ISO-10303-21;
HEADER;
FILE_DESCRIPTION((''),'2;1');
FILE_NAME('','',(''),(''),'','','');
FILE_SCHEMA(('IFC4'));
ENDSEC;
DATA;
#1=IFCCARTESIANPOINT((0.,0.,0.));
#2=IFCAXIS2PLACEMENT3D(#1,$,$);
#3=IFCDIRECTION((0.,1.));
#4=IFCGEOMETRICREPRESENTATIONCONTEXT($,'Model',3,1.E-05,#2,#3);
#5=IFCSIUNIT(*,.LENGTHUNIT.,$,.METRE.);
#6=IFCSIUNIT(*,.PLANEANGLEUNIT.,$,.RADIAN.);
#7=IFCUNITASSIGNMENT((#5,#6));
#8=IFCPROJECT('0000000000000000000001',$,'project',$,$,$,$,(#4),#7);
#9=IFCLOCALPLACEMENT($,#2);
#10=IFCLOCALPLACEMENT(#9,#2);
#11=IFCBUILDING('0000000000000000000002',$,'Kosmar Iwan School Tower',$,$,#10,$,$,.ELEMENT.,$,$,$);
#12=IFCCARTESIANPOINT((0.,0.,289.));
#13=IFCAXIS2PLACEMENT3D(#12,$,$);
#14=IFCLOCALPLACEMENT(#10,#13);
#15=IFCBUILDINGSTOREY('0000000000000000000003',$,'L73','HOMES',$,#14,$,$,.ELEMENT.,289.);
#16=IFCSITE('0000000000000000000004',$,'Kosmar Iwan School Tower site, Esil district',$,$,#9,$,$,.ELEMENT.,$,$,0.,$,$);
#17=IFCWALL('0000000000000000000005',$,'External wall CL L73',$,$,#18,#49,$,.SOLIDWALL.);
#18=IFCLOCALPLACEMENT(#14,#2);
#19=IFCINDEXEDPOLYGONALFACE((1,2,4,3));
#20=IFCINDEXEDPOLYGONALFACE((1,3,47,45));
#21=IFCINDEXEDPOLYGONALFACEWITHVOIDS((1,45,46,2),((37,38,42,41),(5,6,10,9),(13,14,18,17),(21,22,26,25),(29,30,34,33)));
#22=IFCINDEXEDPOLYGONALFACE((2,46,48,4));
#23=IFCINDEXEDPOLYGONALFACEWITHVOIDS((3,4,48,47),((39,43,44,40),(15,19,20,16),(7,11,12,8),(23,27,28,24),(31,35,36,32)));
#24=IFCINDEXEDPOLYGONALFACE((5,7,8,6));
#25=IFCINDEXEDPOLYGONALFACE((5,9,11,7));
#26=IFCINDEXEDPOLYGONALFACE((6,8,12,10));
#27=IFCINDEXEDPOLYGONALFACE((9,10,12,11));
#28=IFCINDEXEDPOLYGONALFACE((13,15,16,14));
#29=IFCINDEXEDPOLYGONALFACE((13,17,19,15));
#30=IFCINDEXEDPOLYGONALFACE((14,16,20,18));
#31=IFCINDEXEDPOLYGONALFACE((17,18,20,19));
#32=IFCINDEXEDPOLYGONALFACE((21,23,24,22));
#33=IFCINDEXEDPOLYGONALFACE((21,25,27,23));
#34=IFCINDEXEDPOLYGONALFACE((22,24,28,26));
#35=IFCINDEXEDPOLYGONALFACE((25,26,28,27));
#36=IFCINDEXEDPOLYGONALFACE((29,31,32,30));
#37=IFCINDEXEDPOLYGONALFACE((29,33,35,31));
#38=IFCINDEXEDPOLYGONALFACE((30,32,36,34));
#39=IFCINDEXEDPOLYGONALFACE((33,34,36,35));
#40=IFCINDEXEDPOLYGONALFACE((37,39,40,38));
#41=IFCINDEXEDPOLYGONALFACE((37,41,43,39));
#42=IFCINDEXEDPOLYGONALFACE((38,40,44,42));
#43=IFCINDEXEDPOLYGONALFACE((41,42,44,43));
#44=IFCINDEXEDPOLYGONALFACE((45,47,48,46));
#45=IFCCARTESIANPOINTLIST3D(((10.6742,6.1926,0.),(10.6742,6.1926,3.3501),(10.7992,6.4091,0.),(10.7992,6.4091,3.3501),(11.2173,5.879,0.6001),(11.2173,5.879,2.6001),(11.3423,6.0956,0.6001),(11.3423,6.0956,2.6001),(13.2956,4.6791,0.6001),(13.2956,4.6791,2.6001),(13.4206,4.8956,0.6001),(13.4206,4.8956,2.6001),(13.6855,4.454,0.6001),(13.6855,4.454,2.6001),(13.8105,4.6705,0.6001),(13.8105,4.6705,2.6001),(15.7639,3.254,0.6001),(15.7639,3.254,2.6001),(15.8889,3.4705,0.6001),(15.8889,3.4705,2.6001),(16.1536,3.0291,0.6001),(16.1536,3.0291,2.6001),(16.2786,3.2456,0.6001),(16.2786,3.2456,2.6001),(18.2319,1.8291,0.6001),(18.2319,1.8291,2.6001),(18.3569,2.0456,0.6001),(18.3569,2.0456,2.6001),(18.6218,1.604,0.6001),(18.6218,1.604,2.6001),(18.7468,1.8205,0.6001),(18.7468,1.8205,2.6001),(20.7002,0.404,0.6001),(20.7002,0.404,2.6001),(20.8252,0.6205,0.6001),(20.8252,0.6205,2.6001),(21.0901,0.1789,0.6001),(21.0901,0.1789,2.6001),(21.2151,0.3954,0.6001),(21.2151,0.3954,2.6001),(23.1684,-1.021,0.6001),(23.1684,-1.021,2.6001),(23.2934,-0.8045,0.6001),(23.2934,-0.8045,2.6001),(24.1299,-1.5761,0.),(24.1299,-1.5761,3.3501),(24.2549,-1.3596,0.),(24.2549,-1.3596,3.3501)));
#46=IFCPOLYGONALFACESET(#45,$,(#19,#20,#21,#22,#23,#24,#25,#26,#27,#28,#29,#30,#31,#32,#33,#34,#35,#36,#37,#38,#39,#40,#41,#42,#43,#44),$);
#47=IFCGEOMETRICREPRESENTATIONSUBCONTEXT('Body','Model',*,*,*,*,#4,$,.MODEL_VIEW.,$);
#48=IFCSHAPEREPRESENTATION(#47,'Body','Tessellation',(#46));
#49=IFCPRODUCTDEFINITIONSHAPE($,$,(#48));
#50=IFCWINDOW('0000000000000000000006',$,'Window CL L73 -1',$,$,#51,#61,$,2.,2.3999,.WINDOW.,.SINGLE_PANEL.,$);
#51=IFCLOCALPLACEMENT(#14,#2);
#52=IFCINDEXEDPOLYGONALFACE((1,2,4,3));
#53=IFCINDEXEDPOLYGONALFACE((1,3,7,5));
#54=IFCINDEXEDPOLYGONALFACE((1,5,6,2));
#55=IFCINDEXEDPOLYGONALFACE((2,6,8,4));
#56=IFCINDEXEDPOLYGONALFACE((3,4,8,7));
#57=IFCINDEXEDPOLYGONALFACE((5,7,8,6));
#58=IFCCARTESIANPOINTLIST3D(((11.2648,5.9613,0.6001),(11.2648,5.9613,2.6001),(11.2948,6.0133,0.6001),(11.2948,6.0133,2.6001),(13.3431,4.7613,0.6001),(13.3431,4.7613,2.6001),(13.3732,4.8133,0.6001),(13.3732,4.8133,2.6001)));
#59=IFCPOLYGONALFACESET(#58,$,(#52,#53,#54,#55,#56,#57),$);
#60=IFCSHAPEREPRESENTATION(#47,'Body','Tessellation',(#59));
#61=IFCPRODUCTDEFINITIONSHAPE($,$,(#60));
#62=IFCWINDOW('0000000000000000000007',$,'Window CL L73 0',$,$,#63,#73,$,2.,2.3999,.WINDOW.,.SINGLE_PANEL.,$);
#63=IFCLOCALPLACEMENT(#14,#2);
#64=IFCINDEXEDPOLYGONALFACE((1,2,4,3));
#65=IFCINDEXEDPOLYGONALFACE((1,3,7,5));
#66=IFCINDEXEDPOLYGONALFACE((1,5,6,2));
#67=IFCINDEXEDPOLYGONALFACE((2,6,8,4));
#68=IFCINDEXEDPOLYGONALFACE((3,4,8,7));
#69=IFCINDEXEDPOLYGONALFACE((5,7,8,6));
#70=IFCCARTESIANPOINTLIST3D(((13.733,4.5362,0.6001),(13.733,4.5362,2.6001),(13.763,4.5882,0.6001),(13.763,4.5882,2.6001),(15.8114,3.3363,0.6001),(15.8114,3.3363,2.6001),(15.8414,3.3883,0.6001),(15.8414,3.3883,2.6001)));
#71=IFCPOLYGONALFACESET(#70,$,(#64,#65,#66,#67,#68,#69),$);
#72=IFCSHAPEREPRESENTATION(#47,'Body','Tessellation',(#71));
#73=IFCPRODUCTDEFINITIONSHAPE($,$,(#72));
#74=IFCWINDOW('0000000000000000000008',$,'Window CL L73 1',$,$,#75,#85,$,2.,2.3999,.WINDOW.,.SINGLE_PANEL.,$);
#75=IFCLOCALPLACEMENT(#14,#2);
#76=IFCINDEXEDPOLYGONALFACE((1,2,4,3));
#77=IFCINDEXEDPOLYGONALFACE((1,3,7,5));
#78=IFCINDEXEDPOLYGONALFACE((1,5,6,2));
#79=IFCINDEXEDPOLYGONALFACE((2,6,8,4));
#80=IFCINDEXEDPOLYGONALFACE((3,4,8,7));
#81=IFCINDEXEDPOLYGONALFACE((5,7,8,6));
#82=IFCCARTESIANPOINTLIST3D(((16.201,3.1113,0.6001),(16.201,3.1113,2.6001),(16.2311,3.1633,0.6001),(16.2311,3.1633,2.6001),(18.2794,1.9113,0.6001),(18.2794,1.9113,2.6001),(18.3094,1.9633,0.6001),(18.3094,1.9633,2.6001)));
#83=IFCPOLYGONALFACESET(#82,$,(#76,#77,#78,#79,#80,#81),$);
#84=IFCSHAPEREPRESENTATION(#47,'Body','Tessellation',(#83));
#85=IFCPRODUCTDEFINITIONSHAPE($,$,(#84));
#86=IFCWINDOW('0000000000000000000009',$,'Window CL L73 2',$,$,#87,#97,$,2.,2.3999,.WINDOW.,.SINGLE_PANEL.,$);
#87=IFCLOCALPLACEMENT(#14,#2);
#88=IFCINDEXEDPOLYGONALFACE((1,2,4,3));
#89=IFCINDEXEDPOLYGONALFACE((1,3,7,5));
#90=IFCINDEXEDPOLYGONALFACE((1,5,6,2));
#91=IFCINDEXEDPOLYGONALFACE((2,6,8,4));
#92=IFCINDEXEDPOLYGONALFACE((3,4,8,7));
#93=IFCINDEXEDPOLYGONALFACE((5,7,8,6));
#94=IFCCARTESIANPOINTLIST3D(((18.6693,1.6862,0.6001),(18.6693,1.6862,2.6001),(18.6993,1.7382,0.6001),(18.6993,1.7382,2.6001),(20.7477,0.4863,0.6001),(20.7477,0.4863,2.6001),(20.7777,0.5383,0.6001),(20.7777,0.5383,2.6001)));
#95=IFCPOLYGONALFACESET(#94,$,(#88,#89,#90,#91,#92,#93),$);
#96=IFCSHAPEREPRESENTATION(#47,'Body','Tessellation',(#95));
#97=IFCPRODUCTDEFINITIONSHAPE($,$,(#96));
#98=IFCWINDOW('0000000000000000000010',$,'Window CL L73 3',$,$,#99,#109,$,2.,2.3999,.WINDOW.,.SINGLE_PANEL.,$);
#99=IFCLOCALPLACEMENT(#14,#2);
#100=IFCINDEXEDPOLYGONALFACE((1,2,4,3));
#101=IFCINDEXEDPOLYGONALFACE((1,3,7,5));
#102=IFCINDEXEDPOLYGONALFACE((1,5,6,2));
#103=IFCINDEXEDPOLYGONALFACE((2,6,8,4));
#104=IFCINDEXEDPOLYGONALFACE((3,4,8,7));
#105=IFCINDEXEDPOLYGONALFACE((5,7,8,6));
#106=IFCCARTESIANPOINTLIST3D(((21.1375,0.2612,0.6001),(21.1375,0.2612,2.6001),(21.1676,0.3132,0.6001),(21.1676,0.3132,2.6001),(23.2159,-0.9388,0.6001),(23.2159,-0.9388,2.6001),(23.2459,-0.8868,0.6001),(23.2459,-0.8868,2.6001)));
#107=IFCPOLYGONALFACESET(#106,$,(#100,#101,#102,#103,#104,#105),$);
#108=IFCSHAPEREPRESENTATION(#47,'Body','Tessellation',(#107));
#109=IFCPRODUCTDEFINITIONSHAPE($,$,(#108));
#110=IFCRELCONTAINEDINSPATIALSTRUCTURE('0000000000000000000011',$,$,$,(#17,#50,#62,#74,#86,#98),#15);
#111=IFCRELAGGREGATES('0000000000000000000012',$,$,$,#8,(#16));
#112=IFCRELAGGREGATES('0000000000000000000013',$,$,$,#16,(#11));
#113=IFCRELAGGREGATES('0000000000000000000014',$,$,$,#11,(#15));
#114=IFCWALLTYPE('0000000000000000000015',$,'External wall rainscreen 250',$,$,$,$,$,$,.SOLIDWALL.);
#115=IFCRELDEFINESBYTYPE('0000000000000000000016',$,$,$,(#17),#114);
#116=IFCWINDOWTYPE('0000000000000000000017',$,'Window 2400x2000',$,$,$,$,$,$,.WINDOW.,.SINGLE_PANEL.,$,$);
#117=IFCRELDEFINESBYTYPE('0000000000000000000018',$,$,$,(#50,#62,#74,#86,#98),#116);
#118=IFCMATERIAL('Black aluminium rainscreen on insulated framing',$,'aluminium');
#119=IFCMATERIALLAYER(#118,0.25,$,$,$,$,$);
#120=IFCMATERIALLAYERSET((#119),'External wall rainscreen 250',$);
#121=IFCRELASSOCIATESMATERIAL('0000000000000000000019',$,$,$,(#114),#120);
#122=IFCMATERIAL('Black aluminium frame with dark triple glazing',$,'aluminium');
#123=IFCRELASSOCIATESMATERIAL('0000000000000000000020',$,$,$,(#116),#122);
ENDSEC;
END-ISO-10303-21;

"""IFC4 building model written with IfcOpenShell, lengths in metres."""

from ifc_helpers import new_model, si_unit, direction, frame, frame_2d, origin, place, context, subcontext, project, spatial, rectangle, extrude, material, layer, layer_set, type_object, element, fill, save


model = new_model("IFC4")

# Units and contexts
model_context = context("Model", 3, precision=1e-05, world=origin(), true_north=direction((0.0, 1.0)))
body_context = subcontext(model_context, "Body", "Model", "MODEL_VIEW")
ifc_project = project(units=[si_unit("LENGTHUNIT", "METRE"), si_unit("PLANEANGLEUNIT", "RADIAN")], contexts=[model_context])

# Site, building, storey
site_placement = place(None, origin())
site = spatial("IfcSite", under=ifc_project, at=site_placement, Name="Kosmar Iwan School Tower site, Esil district", CompositionType="ELEMENT", RefElevation=0.0)
building_placement = place(site_placement, origin())
building = spatial("IfcBuilding", under=site, at=building_placement, Name="Kosmar Iwan School Tower", CompositionType="ELEMENT")
storey_placement = place(building_placement, frame((0.0, 0.0, 289.0)))
storey = spatial("IfcBuildingStorey", under=building, at=storey_placement, Name="L73", Description="HOMES", CompositionType="ELEMENT", Elevation=289.0)

# Wall, openings, windows
ifc_material_1 = material(Name="Black aluminium rainscreen on insulated framing", Category="aluminium")
ifc_layer_1 = layer(ifc_material_1, 0.25)
ifc_layer_set_1 = layer_set([ifc_layer_1], Name="External wall rainscreen 250")
wall_type_1 = type_object("IfcWallType", Name="External wall rainscreen 250", PredefinedType="SOLIDWALL", material=ifc_layer_set_1)
wall_1_placement = place(storey_placement, frame((10.7368, 6.3008, 0.0), z_axis=(0.0, 0.0, 1.0), x_axis=(0.866023, -0.500004, 0.0)))
wall_1 = element("IfcWall", 1, at=wall_1_placement, inside=storey, type_object=wall_type_1, Name="External wall CL L73", PredefinedType="SOLIDWALL", context=body_context, shape_type="SweptSolid", body=[
    extrude(rectangle(XDim=15.5374, YDim=0.25, at=frame_2d((7.7686, 0.0))), origin(), (0.0, 0.0, 1.0), 3.3501),
])
opening_1_placement = place(wall_1_placement, frame((0.627, 0.0, 0.6001)))
opening_1 = element("IfcOpeningElement", 2, at=opening_1_placement, cuts=wall_1, PredefinedType="OPENING", context=body_context, shape_type="SweptSolid", body=[
    extrude(rectangle(XDim=2.3999, YDim=2.0, at=frame_2d((1.2, 1.0))), frame((0.0, 0.137, 0.0), z_axis=(0.0, -1.0, 0.0), x_axis=(1.0, 0.0, 0.0)), (0.0, 0.0, 1.0), 0.2739),
])
opening_2_placement = place(wall_1_placement, frame((3.4771, 0.0, 0.6001)))
opening_2 = element("IfcOpeningElement", 3, at=opening_2_placement, cuts=wall_1, PredefinedType="OPENING", context=body_context, shape_type="SweptSolid", body=[
    extrude(rectangle(XDim=2.3999, YDim=2.0, at=frame_2d((1.2, 1.0))), frame((0.0, 0.137, 0.0), z_axis=(0.0, -1.0, 0.0), x_axis=(1.0, 0.0, 0.0)), (0.0, 0.0, 1.0), 0.2739),
])
opening_3_placement = place(wall_1_placement, frame((6.3269, 0.0, 0.6001)))
opening_3 = element("IfcOpeningElement", 4, at=opening_3_placement, cuts=wall_1, PredefinedType="OPENING", context=body_context, shape_type="SweptSolid", body=[
    extrude(rectangle(XDim=2.3999, YDim=2.0, at=frame_2d((1.2, 1.0))), frame((0.0, 0.137, 0.0), z_axis=(0.0, -1.0, 0.0), x_axis=(1.0, 0.0, 0.0)), (0.0, 0.0, 1.0), 0.2739),
])
opening_4_placement = place(wall_1_placement, frame((9.177, 0.0, 0.6001)))
opening_4 = element("IfcOpeningElement", 5, at=opening_4_placement, cuts=wall_1, PredefinedType="OPENING", context=body_context, shape_type="SweptSolid", body=[
    extrude(rectangle(XDim=2.3999, YDim=2.0, at=frame_2d((1.2, 1.0))), frame((0.0, 0.137, 0.0), z_axis=(0.0, -1.0, 0.0), x_axis=(1.0, 0.0, 0.0)), (0.0, 0.0, 1.0), 0.2739),
])
opening_5_placement = place(wall_1_placement, frame((12.0271, 0.0, 0.6001)))
opening_5 = element("IfcOpeningElement", 6, at=opening_5_placement, cuts=wall_1, PredefinedType="OPENING", context=body_context, shape_type="SweptSolid", body=[
    extrude(rectangle(XDim=2.3999, YDim=2.0, at=frame_2d((1.2, 1.0))), frame((0.0, 0.137, 0.0), z_axis=(0.0, -1.0, 0.0), x_axis=(1.0, 0.0, 0.0)), (0.0, 0.0, 1.0), 0.2739),
])
ifc_material_2 = material(Name="Black aluminium frame with dark triple glazing", Category="aluminium")
window_type = type_object("IfcWindowType", Name="Window 2400x2000", PartitioningType="SINGLE_PANEL", PredefinedType="WINDOW", material=ifc_material_2)
window_1_placement = place(opening_1_placement, origin())
window_1 = element("IfcWindow", 7, at=window_1_placement, inside=storey, type_object=window_type, Name="Window CL L73 -1", OverallHeight=2.0, OverallWidth=2.3999, PartitioningType="SINGLE_PANEL", PredefinedType="WINDOW", context=body_context, shape_type="SweptSolid", body=[
    extrude(rectangle(XDim=2.3999, YDim=2.0, at=frame_2d((1.2, 1.0))), frame((0.0, 0.03, 0.0), z_axis=(0.0, -1.0, 0.0), x_axis=(1.0, 0.0, 0.0)), (0.0, 0.0, 1.0), 0.0601),
])
fill(opening_1, window_1)
window_2_placement = place(opening_2_placement, origin())
window_2 = element("IfcWindow", 8, at=window_2_placement, inside=storey, type_object=window_type, Name="Window CL L73 0", OverallHeight=2.0, OverallWidth=2.3999, PartitioningType="SINGLE_PANEL", PredefinedType="WINDOW", context=body_context, shape_type="SweptSolid", body=[
    extrude(rectangle(XDim=2.3999, YDim=2.0, at=frame_2d((1.2, 1.0))), frame((0.0, 0.03, 0.0), z_axis=(0.0, -1.0, 0.0), x_axis=(1.0, 0.0, 0.0)), (0.0, 0.0, 1.0), 0.0601),
])
fill(opening_2, window_2)
window_3_placement = place(opening_3_placement, origin())
window_3 = element("IfcWindow", 9, at=window_3_placement, inside=storey, type_object=window_type, Name="Window CL L73 1", OverallHeight=2.0, OverallWidth=2.3999, PartitioningType="SINGLE_PANEL", PredefinedType="WINDOW", context=body_context, shape_type="SweptSolid", body=[
    extrude(rectangle(XDim=2.3999, YDim=2.0, at=frame_2d((1.2, 1.0))), frame((0.0, 0.03, 0.0), z_axis=(0.0, -1.0, 0.0), x_axis=(1.0, 0.0, 0.0)), (0.0, 0.0, 1.0), 0.0601),
])
fill(opening_3, window_3)
window_4_placement = place(opening_4_placement, origin())
window_4 = element("IfcWindow", 10, at=window_4_placement, inside=storey, type_object=window_type, Name="Window CL L73 2", OverallHeight=2.0, OverallWidth=2.3999, PartitioningType="SINGLE_PANEL", PredefinedType="WINDOW", context=body_context, shape_type="SweptSolid", body=[
    extrude(rectangle(XDim=2.3999, YDim=2.0, at=frame_2d((1.2, 1.0))), frame((0.0, 0.03, 0.0), z_axis=(0.0, -1.0, 0.0), x_axis=(1.0, 0.0, 0.0)), (0.0, 0.0, 1.0), 0.0601),
])
fill(opening_4, window_4)
window_5_placement = place(opening_5_placement, origin())
window_5 = element("IfcWindow", 11, at=window_5_placement, inside=storey, type_object=window_type, Name="Window CL L73 3", OverallHeight=2.0, OverallWidth=2.3999, PartitioningType="SINGLE_PANEL", PredefinedType="WINDOW", context=body_context, shape_type="SweptSolid", body=[
    extrude(rectangle(XDim=2.3999, YDim=2.0, at=frame_2d((1.2, 1.0))), frame((0.0, 0.03, 0.0), z_axis=(0.0, -1.0, 0.0), x_axis=(1.0, 0.0, 0.0)), (0.0, 0.0, 1.0), 0.0601),
])
fill(opening_5, window_5)

save(model, "model.ifc")
